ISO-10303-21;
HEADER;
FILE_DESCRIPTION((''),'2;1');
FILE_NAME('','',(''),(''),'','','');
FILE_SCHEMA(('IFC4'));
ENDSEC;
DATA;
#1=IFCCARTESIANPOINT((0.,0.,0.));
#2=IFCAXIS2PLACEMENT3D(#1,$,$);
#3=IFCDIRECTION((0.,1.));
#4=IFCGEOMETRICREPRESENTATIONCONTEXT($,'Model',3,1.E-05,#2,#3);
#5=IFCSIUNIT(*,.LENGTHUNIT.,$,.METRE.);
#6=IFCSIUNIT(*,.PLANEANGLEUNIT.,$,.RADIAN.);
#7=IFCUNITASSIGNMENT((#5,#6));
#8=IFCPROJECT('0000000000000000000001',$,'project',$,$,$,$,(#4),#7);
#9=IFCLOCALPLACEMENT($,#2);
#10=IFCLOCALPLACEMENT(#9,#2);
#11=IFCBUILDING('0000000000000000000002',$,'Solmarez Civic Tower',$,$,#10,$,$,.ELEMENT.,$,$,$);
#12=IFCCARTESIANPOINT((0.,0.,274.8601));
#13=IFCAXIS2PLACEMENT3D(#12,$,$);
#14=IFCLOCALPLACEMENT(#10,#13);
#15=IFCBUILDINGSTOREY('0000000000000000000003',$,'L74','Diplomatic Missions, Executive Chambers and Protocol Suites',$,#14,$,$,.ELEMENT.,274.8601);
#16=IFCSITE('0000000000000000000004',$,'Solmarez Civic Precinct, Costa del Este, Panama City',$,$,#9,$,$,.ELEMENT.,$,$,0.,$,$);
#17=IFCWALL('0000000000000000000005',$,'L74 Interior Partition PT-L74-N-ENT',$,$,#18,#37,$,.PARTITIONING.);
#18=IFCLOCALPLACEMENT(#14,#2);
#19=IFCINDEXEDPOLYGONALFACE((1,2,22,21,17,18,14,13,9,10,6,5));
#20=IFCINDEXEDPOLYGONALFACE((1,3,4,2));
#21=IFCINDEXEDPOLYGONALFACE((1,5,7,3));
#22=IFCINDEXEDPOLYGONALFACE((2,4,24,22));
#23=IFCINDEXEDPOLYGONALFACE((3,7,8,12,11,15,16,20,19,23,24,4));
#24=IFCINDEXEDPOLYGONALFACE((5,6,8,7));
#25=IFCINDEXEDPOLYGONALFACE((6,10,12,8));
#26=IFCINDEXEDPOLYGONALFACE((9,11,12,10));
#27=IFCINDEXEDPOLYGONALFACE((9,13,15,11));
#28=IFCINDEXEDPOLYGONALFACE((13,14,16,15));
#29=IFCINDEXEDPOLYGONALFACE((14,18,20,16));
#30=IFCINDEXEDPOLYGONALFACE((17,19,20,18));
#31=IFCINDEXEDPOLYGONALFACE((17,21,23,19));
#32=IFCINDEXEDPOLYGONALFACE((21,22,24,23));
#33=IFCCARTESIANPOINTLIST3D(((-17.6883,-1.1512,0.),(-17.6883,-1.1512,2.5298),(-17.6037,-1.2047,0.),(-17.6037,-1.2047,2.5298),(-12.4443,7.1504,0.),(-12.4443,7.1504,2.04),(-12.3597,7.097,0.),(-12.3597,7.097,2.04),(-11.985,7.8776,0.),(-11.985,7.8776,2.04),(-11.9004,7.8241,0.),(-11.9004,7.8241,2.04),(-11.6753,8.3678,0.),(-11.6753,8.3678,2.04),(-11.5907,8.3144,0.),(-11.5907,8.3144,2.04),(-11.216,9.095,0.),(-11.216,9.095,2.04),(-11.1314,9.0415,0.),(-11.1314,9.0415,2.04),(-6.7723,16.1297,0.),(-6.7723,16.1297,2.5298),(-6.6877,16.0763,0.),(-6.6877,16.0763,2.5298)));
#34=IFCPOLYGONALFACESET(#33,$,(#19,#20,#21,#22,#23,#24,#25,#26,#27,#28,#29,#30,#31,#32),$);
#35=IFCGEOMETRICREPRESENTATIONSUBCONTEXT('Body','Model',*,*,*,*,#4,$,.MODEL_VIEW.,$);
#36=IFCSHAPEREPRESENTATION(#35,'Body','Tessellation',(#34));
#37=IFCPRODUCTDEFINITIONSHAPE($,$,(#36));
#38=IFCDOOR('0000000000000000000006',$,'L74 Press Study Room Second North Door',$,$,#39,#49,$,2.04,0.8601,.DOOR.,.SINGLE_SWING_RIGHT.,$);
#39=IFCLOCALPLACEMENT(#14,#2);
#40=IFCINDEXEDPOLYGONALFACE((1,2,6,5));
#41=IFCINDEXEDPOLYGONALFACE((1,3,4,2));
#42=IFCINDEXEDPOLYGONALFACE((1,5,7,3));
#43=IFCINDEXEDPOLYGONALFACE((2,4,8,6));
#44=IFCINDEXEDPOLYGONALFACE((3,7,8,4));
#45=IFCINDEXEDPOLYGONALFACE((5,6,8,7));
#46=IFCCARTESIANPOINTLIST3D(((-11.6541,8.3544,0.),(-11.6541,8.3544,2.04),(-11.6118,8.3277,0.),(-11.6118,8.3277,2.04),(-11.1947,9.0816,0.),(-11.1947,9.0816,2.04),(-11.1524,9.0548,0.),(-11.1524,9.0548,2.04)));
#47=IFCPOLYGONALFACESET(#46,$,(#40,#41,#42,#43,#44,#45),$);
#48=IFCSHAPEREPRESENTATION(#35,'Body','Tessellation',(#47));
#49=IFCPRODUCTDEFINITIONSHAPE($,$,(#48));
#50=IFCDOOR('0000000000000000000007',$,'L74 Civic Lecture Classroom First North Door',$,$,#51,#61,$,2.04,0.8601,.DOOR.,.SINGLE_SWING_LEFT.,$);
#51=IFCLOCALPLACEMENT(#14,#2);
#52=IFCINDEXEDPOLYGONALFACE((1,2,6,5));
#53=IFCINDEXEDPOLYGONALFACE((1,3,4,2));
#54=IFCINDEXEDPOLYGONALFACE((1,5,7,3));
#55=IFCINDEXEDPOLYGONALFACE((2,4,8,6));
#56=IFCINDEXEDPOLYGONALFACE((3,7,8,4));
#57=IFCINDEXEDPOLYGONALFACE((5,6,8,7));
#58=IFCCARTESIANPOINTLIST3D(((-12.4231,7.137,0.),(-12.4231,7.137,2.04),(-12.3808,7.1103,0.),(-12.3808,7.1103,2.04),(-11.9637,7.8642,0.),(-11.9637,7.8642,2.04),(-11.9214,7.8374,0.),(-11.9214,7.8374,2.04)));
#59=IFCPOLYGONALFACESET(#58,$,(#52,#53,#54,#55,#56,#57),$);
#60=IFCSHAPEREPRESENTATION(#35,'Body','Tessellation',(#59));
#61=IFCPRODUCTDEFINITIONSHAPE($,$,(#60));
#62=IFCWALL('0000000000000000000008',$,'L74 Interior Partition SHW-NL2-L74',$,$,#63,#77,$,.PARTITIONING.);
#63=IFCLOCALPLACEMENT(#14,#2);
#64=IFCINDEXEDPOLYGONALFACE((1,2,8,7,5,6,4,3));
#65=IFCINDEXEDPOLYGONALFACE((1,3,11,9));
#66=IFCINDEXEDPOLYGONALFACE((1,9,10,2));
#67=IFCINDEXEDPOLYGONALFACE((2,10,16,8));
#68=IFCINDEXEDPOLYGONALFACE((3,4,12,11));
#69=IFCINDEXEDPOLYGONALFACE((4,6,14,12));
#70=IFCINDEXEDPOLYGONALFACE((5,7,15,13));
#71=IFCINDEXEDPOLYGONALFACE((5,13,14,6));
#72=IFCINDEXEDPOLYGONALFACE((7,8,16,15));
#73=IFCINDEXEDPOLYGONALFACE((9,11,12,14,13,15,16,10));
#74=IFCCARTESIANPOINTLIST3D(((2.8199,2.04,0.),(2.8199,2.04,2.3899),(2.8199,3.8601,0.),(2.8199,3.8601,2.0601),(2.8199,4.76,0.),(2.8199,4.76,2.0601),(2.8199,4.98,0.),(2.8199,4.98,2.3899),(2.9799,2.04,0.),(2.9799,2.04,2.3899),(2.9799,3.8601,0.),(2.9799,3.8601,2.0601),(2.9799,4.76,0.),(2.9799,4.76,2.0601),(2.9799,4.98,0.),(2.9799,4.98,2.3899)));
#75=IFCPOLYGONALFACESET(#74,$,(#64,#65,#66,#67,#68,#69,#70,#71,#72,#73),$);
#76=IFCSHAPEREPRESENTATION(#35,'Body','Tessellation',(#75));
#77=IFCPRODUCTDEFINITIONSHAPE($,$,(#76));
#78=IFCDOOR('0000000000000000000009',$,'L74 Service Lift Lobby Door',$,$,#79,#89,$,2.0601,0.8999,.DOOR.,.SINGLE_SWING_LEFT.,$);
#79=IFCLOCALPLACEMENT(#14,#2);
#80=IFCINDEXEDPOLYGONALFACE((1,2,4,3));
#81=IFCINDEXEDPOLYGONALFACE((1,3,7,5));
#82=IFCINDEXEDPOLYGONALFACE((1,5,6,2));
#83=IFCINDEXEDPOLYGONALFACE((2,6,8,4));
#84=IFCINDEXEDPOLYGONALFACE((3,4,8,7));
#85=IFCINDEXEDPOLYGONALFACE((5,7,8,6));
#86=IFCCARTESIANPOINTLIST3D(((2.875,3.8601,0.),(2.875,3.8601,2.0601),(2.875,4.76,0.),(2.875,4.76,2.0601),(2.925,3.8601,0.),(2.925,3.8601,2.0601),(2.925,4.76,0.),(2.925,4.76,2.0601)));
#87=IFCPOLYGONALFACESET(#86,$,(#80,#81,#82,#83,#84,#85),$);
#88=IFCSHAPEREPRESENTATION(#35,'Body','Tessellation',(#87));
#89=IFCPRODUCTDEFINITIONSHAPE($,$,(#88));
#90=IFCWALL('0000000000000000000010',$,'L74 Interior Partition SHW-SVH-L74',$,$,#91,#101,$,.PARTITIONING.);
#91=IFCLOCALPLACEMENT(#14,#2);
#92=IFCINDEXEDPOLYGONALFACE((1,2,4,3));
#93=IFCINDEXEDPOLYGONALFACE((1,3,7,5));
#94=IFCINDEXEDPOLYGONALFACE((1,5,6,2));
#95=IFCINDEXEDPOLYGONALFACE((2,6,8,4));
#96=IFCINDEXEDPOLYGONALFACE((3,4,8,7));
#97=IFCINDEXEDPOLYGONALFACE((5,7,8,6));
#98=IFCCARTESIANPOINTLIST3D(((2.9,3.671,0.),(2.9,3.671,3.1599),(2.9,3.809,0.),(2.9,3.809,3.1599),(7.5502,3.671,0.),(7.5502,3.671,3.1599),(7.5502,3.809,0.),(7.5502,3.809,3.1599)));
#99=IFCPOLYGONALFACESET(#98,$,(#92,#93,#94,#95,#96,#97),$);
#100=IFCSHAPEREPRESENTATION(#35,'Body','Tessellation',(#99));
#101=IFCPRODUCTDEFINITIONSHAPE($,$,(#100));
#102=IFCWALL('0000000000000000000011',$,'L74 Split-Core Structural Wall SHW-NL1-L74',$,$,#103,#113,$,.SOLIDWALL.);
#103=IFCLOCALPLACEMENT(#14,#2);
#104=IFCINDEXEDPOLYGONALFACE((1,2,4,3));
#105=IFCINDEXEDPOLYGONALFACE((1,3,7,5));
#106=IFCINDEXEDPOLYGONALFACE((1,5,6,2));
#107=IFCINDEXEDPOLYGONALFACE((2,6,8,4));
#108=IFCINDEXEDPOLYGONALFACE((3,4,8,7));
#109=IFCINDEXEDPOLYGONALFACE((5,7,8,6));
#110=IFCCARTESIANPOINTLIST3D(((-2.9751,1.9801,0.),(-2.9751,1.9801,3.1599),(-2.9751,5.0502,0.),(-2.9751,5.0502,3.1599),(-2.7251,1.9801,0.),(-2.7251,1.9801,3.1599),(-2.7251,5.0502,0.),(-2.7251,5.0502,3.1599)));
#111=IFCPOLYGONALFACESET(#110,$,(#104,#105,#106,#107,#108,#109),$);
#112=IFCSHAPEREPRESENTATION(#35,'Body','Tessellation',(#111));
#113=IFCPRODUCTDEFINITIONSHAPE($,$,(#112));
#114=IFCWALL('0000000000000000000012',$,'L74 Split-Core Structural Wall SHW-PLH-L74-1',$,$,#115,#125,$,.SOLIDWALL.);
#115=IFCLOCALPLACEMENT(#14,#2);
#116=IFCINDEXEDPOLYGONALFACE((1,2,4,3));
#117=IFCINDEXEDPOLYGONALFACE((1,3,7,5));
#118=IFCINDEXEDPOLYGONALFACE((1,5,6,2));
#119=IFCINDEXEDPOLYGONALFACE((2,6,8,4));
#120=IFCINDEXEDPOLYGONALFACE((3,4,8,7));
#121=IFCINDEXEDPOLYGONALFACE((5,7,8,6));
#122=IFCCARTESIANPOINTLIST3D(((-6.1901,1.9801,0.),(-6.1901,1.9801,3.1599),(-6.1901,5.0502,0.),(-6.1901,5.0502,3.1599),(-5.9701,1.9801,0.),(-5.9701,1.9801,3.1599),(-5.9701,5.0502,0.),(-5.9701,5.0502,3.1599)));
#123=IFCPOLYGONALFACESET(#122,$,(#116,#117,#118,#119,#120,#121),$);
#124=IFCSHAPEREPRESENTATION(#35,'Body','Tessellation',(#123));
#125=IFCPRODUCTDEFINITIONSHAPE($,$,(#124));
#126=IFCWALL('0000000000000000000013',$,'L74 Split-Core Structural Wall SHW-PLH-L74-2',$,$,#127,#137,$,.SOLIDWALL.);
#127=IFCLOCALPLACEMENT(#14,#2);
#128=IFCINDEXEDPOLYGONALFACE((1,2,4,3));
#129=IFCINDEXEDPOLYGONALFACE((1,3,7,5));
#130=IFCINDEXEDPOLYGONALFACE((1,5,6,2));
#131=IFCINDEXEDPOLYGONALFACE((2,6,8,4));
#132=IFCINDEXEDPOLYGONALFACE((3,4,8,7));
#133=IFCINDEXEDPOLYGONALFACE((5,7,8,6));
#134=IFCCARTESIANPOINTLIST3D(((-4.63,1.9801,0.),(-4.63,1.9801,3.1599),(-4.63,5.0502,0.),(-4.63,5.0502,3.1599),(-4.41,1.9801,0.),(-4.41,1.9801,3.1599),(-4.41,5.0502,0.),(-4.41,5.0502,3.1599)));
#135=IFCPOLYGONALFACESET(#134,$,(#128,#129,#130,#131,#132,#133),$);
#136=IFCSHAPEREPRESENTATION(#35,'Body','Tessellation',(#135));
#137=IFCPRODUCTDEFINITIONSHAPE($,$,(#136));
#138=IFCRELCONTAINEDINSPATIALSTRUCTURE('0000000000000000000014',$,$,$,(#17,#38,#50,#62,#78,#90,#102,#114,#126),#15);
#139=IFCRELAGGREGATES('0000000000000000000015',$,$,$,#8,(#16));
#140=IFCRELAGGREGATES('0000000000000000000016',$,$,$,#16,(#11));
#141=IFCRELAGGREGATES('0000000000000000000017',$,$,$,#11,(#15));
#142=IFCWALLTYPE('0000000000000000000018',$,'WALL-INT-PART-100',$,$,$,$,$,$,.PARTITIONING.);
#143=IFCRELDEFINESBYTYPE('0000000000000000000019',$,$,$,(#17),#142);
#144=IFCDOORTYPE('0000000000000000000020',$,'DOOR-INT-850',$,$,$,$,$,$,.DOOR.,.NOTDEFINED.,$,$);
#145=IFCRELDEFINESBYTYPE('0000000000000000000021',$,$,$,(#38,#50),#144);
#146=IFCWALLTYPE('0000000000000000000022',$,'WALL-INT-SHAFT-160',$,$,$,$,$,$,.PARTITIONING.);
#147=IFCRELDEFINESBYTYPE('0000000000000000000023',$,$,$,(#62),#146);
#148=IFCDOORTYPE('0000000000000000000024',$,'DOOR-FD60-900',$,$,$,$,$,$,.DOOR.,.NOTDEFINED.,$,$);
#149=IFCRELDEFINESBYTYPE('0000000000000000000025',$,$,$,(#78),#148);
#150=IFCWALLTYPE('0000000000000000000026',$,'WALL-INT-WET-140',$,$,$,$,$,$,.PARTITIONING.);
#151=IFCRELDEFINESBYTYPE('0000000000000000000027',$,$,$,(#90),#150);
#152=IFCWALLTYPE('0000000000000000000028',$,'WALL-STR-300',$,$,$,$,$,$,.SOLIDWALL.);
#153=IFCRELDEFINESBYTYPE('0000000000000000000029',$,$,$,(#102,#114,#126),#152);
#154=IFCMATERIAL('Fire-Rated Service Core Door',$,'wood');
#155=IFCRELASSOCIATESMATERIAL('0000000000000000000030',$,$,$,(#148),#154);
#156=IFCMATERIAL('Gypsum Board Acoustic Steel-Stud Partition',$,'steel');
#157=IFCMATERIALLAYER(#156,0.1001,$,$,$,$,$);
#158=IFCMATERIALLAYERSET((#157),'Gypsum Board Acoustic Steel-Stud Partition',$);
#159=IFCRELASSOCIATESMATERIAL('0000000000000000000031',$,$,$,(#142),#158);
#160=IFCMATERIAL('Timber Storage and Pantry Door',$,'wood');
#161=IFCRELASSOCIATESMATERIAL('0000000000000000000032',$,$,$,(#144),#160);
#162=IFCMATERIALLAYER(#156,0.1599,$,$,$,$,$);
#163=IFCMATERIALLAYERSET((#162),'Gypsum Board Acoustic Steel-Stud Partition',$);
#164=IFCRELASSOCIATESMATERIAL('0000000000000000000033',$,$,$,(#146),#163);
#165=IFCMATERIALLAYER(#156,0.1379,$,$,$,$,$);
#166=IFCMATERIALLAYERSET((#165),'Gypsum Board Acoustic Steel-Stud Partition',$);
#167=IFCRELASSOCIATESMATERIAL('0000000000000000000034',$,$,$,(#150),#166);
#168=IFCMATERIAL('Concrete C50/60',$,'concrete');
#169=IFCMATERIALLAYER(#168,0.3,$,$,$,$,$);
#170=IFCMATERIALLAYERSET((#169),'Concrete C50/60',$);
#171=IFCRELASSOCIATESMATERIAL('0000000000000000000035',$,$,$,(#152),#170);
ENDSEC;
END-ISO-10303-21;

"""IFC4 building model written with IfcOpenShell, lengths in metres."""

from ifc_helpers import new_model, si_unit, direction, frame, frame_2d, origin, place, context, subcontext, project, spatial, rectangle, extrude, material, layer, layer_set, type_object, element, fill, save


model = new_model("IFC4")

# Units and contexts
model_context = context("Model", 3, precision=1e-05, world=origin(), true_north=direction((0.0, 1.0)))
body_context = subcontext(model_context, "Body", "Model", "MODEL_VIEW")
ifc_project = project(units=[si_unit("LENGTHUNIT", "METRE"), si_unit("PLANEANGLEUNIT", "RADIAN")], contexts=[model_context])

# Site, building, storey
site_placement = place(None, origin())
site = spatial("IfcSite", under=ifc_project, at=site_placement, Name="Solmarez Civic Precinct, Costa del Este, Panama City", CompositionType="ELEMENT", RefElevation=0.0)
building_placement = place(site_placement, origin())
building = spatial("IfcBuilding", under=site, at=building_placement, Name="Solmarez Civic Tower", CompositionType="ELEMENT")
storey_placement = place(building_placement, frame((0.0, 0.0, 274.8601)))
storey = spatial("IfcBuildingStorey", under=building, at=storey_placement, Name="L74", Description="Diplomatic Missions, Executive Chambers and Protocol Suites", CompositionType="ELEMENT", Elevation=274.8601)

# Shared definitions
ifc_material_1 = material(Name="Concrete C50/60", Category="concrete")

# Shared definitions
ifc_material_2 = material(Name="Fire-Rated Service Core Door", Category="wood")
door_type_1 = type_object("IfcDoorType", Name="DOOR-FD60-900", OperationType="NOTDEFINED", PredefinedType="DOOR", material=ifc_material_2)

# Shared definitions
ifc_material_3 = material(Name="Gypsum Board Acoustic Steel-Stud Partition", Category="steel")
ifc_layer_1 = layer(ifc_material_3, 0.1001)
ifc_layer_set_1 = layer_set([ifc_layer_1], Name="Gypsum Board Acoustic Steel-Stud Partition")
wall_type_1 = type_object("IfcWallType", Name="WALL-INT-PART-100", PredefinedType="PARTITIONING", material=ifc_layer_set_1)

# Wall, openings, doors
wall_1_placement = place(storey_placement, frame((-17.646, -1.178, 0.0), z_axis=(0.0, 0.0, 1.0), x_axis=(0.534052, 0.845451, 0.0)))
wall_1 = element("IfcWall", 1, at=wall_1_placement, inside=storey, type_object=wall_type_1, Name="L74 Interior Partition PT-L74-N-ENT", PredefinedType="PARTITIONING", context=body_context, shape_type="SweptSolid", body=[
    extrude(rectangle(XDim=20.4399, YDim=0.1001, at=frame_2d((10.22, 0.0))), origin(), (0.0, 0.0, 1.0), 2.5298),
])
opening_1_placement = place(wall_1_placement, frame((11.259, 0.0, 0.0)))
opening_1 = element("IfcOpeningElement", 2, at=opening_1_placement, cuts=wall_1, PredefinedType="OPENING", context=body_context, shape_type="SweptSolid", body=[
    extrude(rectangle(XDim=0.8601, YDim=2.04, at=frame_2d((0.4302, 1.02))), frame((0.0, 0.0601, 0.0), z_axis=(0.0, -1.0, 0.0), x_axis=(1.0, 0.0, 0.0)), (0.0, 0.0, 1.0), 0.1201),
])
opening_2_placement = place(wall_1_placement, frame((9.8191, 0.0, 0.0)))
opening_2 = element("IfcOpeningElement", 3, at=opening_2_placement, cuts=wall_1, PredefinedType="OPENING", context=body_context, shape_type="SweptSolid", body=[
    extrude(rectangle(XDim=0.8601, YDim=2.04, at=frame_2d((0.4302, 1.02))), frame((0.0, 0.0601, 0.0), z_axis=(0.0, -1.0, 0.0), x_axis=(1.0, 0.0, 0.0)), (0.0, 0.0, 1.0), 0.1201),
])
ifc_material_4 = material(Name="Timber Storage and Pantry Door", Category="wood")
door_type_2 = type_object("IfcDoorType", Name="DOOR-INT-850", OperationType="NOTDEFINED", PredefinedType="DOOR", material=ifc_material_4)
door_1_placement = place(opening_1_placement, origin())
door_1 = element("IfcDoor", 4, at=door_1_placement, inside=storey, type_object=door_type_2, Name="L74 Press Study Room Second North Door", OperationType="SINGLE_SWING_RIGHT", OverallHeight=2.04, OverallWidth=0.8601, PredefinedType="DOOR", context=body_context, shape_type="SweptSolid", body=[
    extrude(rectangle(XDim=0.8601, YDim=2.04, at=frame_2d((0.4302, 1.02))), frame((0.0, 0.0249, 0.0), z_axis=(0.0, -1.0, 0.0), x_axis=(1.0, 0.0, 0.0)), (0.0, 0.0, 1.0), 0.05),
])
fill(opening_1, door_1)
door_2_placement = place(opening_2_placement, origin())
door_2 = element("IfcDoor", 5, at=door_2_placement, inside=storey, type_object=door_type_2, Name="L74 Civic Lecture Classroom First North Door", OperationType="SINGLE_SWING_LEFT", OverallHeight=2.04, OverallWidth=0.8601, PredefinedType="DOOR", context=body_context, shape_type="SweptSolid", body=[
    extrude(rectangle(XDim=0.8601, YDim=2.04, at=frame_2d((0.4302, 1.02))), frame((0.0, 0.0249, 0.0), z_axis=(0.0, -1.0, 0.0), x_axis=(1.0, 0.0, 0.0)), (0.0, 0.0, 1.0), 0.05),
])
fill(opening_2, door_2)

# Wall, opening, door
ifc_layer_2 = layer(ifc_material_3, 0.1599)
ifc_layer_set_2 = layer_set([ifc_layer_2], Name="Gypsum Board Acoustic Steel-Stud Partition")
wall_type_2 = type_object("IfcWallType", Name="WALL-INT-SHAFT-160", PredefinedType="PARTITIONING", material=ifc_layer_set_2)
wall_2_placement = place(storey_placement, frame((2.8999, 2.04, 0.0), z_axis=(0.0, 0.0, 1.0), x_axis=(0.0, 1.0, 0.0)))
wall_2 = element("IfcWall", 6, at=wall_2_placement, inside=storey, type_object=wall_type_2, Name="L74 Interior Partition SHW-NL2-L74", PredefinedType="PARTITIONING", context=body_context, shape_type="SweptSolid", body=[
    extrude(rectangle(XDim=2.9399, YDim=0.1599, at=frame_2d((1.47, 0.0))), origin(), (0.0, 0.0, 1.0), 2.3899),
])
opening_3_placement = place(wall_2_placement, frame((1.8201, 0.0, 0.0)))
opening_3 = element("IfcOpeningElement", 7, at=opening_3_placement, cuts=wall_2, PredefinedType="OPENING", context=body_context, shape_type="SweptSolid", body=[
    extrude(rectangle(XDim=0.8999, YDim=2.0601, at=frame_2d((0.45, 1.03))), frame((0.0, 0.0898, 0.0), z_axis=(0.0, -1.0, 0.0), x_axis=(1.0, 0.0, 0.0)), (0.0, 0.0, 1.0), 0.1799),
])
door_3_placement = place(opening_3_placement, origin())
door_3 = element("IfcDoor", 8, at=door_3_placement, inside=storey, type_object=door_type_1, Name="L74 Service Lift Lobby Door", OperationType="SINGLE_SWING_LEFT", OverallHeight=2.0601, OverallWidth=0.8999, PredefinedType="DOOR", context=body_context, shape_type="SweptSolid", body=[
    extrude(rectangle(XDim=0.8999, YDim=2.0601, at=frame_2d((0.45, 1.03))), frame((0.0, 0.0249, 0.0), z_axis=(0.0, -1.0, 0.0), x_axis=(1.0, 0.0, 0.0)), (0.0, 0.0, 1.0), 0.05),
])
fill(opening_3, door_3)

# Walls
ifc_layer_3 = layer(ifc_material_3, 0.1379)
ifc_layer_set_3 = layer_set([ifc_layer_3], Name="Gypsum Board Acoustic Steel-Stud Partition")
wall_type_3 = type_object("IfcWallType", Name="WALL-INT-WET-140", PredefinedType="PARTITIONING", material=ifc_layer_set_3)
wall_3_placement = place(storey_placement, frame((2.8999, 3.74, 0.0), z_axis=(0.0, 0.0, 1.0), x_axis=(1.0, 0.0, 0.0)))
element("IfcWall", 9, at=wall_3_placement, inside=storey, type_object=wall_type_3, Name="L74 Interior Partition SHW-SVH-L74", PredefinedType="PARTITIONING", context=body_context, shape_type="SweptSolid", body=[
    extrude(rectangle(XDim=4.6501, YDim=0.1379, at=frame_2d((2.3252, 0.0))), origin(), (0.0, 0.0, 1.0), 3.1599),
])
ifc_layer_4 = layer(ifc_material_1, 0.3)
ifc_layer_set_4 = layer_set([ifc_layer_4], Name="Concrete C50/60")
wall_type_4 = type_object("IfcWallType", Name="WALL-STR-300", PredefinedType="SOLIDWALL", material=ifc_layer_set_4)
wall_4_placement = place(storey_placement, frame((-2.8501, 1.98, 0.0), z_axis=(0.0, 0.0, 1.0), x_axis=(0.0, 1.0, 0.0)))
element("IfcWall", 10, at=wall_4_placement, inside=storey, type_object=wall_type_4, Name="L74 Split-Core Structural Wall SHW-NL1-L74", PredefinedType="SOLIDWALL", context=body_context, shape_type="SweptSolid", body=[
    extrude(rectangle(XDim=3.0701, YDim=0.25, at=frame_2d((1.5352, 0.0))), origin(), (0.0, 0.0, 1.0), 3.1599),
])
for number, where, z_axis, x_axis, name in (
    (11, (-6.0801, 1.98, 0.0), (0.0, 0.0, 1.0), (0.0, 1.0, 0.0), "L74 Split-Core Structural Wall SHW-PLH-L74-1"),
    (12, (-4.52, 1.98, 0.0), (0.0, 0.0, 1.0), (0.0, 1.0, 0.0), "L74 Split-Core Structural Wall SHW-PLH-L74-2"),
):
    element("IfcWall", number, at=place(storey_placement, frame(where, z_axis=z_axis, x_axis=x_axis)), inside=storey, type_object=wall_type_4, Name=name, PredefinedType="SOLIDWALL", context=body_context, shape_type="SweptSolid", body=[
        extrude(rectangle(XDim=3.0701, YDim=0.22, at=frame_2d((1.5352, 0.0))), origin(), (0.0, 0.0, 1.0), 3.1599),
    ])

save(model, "model.ifc")
